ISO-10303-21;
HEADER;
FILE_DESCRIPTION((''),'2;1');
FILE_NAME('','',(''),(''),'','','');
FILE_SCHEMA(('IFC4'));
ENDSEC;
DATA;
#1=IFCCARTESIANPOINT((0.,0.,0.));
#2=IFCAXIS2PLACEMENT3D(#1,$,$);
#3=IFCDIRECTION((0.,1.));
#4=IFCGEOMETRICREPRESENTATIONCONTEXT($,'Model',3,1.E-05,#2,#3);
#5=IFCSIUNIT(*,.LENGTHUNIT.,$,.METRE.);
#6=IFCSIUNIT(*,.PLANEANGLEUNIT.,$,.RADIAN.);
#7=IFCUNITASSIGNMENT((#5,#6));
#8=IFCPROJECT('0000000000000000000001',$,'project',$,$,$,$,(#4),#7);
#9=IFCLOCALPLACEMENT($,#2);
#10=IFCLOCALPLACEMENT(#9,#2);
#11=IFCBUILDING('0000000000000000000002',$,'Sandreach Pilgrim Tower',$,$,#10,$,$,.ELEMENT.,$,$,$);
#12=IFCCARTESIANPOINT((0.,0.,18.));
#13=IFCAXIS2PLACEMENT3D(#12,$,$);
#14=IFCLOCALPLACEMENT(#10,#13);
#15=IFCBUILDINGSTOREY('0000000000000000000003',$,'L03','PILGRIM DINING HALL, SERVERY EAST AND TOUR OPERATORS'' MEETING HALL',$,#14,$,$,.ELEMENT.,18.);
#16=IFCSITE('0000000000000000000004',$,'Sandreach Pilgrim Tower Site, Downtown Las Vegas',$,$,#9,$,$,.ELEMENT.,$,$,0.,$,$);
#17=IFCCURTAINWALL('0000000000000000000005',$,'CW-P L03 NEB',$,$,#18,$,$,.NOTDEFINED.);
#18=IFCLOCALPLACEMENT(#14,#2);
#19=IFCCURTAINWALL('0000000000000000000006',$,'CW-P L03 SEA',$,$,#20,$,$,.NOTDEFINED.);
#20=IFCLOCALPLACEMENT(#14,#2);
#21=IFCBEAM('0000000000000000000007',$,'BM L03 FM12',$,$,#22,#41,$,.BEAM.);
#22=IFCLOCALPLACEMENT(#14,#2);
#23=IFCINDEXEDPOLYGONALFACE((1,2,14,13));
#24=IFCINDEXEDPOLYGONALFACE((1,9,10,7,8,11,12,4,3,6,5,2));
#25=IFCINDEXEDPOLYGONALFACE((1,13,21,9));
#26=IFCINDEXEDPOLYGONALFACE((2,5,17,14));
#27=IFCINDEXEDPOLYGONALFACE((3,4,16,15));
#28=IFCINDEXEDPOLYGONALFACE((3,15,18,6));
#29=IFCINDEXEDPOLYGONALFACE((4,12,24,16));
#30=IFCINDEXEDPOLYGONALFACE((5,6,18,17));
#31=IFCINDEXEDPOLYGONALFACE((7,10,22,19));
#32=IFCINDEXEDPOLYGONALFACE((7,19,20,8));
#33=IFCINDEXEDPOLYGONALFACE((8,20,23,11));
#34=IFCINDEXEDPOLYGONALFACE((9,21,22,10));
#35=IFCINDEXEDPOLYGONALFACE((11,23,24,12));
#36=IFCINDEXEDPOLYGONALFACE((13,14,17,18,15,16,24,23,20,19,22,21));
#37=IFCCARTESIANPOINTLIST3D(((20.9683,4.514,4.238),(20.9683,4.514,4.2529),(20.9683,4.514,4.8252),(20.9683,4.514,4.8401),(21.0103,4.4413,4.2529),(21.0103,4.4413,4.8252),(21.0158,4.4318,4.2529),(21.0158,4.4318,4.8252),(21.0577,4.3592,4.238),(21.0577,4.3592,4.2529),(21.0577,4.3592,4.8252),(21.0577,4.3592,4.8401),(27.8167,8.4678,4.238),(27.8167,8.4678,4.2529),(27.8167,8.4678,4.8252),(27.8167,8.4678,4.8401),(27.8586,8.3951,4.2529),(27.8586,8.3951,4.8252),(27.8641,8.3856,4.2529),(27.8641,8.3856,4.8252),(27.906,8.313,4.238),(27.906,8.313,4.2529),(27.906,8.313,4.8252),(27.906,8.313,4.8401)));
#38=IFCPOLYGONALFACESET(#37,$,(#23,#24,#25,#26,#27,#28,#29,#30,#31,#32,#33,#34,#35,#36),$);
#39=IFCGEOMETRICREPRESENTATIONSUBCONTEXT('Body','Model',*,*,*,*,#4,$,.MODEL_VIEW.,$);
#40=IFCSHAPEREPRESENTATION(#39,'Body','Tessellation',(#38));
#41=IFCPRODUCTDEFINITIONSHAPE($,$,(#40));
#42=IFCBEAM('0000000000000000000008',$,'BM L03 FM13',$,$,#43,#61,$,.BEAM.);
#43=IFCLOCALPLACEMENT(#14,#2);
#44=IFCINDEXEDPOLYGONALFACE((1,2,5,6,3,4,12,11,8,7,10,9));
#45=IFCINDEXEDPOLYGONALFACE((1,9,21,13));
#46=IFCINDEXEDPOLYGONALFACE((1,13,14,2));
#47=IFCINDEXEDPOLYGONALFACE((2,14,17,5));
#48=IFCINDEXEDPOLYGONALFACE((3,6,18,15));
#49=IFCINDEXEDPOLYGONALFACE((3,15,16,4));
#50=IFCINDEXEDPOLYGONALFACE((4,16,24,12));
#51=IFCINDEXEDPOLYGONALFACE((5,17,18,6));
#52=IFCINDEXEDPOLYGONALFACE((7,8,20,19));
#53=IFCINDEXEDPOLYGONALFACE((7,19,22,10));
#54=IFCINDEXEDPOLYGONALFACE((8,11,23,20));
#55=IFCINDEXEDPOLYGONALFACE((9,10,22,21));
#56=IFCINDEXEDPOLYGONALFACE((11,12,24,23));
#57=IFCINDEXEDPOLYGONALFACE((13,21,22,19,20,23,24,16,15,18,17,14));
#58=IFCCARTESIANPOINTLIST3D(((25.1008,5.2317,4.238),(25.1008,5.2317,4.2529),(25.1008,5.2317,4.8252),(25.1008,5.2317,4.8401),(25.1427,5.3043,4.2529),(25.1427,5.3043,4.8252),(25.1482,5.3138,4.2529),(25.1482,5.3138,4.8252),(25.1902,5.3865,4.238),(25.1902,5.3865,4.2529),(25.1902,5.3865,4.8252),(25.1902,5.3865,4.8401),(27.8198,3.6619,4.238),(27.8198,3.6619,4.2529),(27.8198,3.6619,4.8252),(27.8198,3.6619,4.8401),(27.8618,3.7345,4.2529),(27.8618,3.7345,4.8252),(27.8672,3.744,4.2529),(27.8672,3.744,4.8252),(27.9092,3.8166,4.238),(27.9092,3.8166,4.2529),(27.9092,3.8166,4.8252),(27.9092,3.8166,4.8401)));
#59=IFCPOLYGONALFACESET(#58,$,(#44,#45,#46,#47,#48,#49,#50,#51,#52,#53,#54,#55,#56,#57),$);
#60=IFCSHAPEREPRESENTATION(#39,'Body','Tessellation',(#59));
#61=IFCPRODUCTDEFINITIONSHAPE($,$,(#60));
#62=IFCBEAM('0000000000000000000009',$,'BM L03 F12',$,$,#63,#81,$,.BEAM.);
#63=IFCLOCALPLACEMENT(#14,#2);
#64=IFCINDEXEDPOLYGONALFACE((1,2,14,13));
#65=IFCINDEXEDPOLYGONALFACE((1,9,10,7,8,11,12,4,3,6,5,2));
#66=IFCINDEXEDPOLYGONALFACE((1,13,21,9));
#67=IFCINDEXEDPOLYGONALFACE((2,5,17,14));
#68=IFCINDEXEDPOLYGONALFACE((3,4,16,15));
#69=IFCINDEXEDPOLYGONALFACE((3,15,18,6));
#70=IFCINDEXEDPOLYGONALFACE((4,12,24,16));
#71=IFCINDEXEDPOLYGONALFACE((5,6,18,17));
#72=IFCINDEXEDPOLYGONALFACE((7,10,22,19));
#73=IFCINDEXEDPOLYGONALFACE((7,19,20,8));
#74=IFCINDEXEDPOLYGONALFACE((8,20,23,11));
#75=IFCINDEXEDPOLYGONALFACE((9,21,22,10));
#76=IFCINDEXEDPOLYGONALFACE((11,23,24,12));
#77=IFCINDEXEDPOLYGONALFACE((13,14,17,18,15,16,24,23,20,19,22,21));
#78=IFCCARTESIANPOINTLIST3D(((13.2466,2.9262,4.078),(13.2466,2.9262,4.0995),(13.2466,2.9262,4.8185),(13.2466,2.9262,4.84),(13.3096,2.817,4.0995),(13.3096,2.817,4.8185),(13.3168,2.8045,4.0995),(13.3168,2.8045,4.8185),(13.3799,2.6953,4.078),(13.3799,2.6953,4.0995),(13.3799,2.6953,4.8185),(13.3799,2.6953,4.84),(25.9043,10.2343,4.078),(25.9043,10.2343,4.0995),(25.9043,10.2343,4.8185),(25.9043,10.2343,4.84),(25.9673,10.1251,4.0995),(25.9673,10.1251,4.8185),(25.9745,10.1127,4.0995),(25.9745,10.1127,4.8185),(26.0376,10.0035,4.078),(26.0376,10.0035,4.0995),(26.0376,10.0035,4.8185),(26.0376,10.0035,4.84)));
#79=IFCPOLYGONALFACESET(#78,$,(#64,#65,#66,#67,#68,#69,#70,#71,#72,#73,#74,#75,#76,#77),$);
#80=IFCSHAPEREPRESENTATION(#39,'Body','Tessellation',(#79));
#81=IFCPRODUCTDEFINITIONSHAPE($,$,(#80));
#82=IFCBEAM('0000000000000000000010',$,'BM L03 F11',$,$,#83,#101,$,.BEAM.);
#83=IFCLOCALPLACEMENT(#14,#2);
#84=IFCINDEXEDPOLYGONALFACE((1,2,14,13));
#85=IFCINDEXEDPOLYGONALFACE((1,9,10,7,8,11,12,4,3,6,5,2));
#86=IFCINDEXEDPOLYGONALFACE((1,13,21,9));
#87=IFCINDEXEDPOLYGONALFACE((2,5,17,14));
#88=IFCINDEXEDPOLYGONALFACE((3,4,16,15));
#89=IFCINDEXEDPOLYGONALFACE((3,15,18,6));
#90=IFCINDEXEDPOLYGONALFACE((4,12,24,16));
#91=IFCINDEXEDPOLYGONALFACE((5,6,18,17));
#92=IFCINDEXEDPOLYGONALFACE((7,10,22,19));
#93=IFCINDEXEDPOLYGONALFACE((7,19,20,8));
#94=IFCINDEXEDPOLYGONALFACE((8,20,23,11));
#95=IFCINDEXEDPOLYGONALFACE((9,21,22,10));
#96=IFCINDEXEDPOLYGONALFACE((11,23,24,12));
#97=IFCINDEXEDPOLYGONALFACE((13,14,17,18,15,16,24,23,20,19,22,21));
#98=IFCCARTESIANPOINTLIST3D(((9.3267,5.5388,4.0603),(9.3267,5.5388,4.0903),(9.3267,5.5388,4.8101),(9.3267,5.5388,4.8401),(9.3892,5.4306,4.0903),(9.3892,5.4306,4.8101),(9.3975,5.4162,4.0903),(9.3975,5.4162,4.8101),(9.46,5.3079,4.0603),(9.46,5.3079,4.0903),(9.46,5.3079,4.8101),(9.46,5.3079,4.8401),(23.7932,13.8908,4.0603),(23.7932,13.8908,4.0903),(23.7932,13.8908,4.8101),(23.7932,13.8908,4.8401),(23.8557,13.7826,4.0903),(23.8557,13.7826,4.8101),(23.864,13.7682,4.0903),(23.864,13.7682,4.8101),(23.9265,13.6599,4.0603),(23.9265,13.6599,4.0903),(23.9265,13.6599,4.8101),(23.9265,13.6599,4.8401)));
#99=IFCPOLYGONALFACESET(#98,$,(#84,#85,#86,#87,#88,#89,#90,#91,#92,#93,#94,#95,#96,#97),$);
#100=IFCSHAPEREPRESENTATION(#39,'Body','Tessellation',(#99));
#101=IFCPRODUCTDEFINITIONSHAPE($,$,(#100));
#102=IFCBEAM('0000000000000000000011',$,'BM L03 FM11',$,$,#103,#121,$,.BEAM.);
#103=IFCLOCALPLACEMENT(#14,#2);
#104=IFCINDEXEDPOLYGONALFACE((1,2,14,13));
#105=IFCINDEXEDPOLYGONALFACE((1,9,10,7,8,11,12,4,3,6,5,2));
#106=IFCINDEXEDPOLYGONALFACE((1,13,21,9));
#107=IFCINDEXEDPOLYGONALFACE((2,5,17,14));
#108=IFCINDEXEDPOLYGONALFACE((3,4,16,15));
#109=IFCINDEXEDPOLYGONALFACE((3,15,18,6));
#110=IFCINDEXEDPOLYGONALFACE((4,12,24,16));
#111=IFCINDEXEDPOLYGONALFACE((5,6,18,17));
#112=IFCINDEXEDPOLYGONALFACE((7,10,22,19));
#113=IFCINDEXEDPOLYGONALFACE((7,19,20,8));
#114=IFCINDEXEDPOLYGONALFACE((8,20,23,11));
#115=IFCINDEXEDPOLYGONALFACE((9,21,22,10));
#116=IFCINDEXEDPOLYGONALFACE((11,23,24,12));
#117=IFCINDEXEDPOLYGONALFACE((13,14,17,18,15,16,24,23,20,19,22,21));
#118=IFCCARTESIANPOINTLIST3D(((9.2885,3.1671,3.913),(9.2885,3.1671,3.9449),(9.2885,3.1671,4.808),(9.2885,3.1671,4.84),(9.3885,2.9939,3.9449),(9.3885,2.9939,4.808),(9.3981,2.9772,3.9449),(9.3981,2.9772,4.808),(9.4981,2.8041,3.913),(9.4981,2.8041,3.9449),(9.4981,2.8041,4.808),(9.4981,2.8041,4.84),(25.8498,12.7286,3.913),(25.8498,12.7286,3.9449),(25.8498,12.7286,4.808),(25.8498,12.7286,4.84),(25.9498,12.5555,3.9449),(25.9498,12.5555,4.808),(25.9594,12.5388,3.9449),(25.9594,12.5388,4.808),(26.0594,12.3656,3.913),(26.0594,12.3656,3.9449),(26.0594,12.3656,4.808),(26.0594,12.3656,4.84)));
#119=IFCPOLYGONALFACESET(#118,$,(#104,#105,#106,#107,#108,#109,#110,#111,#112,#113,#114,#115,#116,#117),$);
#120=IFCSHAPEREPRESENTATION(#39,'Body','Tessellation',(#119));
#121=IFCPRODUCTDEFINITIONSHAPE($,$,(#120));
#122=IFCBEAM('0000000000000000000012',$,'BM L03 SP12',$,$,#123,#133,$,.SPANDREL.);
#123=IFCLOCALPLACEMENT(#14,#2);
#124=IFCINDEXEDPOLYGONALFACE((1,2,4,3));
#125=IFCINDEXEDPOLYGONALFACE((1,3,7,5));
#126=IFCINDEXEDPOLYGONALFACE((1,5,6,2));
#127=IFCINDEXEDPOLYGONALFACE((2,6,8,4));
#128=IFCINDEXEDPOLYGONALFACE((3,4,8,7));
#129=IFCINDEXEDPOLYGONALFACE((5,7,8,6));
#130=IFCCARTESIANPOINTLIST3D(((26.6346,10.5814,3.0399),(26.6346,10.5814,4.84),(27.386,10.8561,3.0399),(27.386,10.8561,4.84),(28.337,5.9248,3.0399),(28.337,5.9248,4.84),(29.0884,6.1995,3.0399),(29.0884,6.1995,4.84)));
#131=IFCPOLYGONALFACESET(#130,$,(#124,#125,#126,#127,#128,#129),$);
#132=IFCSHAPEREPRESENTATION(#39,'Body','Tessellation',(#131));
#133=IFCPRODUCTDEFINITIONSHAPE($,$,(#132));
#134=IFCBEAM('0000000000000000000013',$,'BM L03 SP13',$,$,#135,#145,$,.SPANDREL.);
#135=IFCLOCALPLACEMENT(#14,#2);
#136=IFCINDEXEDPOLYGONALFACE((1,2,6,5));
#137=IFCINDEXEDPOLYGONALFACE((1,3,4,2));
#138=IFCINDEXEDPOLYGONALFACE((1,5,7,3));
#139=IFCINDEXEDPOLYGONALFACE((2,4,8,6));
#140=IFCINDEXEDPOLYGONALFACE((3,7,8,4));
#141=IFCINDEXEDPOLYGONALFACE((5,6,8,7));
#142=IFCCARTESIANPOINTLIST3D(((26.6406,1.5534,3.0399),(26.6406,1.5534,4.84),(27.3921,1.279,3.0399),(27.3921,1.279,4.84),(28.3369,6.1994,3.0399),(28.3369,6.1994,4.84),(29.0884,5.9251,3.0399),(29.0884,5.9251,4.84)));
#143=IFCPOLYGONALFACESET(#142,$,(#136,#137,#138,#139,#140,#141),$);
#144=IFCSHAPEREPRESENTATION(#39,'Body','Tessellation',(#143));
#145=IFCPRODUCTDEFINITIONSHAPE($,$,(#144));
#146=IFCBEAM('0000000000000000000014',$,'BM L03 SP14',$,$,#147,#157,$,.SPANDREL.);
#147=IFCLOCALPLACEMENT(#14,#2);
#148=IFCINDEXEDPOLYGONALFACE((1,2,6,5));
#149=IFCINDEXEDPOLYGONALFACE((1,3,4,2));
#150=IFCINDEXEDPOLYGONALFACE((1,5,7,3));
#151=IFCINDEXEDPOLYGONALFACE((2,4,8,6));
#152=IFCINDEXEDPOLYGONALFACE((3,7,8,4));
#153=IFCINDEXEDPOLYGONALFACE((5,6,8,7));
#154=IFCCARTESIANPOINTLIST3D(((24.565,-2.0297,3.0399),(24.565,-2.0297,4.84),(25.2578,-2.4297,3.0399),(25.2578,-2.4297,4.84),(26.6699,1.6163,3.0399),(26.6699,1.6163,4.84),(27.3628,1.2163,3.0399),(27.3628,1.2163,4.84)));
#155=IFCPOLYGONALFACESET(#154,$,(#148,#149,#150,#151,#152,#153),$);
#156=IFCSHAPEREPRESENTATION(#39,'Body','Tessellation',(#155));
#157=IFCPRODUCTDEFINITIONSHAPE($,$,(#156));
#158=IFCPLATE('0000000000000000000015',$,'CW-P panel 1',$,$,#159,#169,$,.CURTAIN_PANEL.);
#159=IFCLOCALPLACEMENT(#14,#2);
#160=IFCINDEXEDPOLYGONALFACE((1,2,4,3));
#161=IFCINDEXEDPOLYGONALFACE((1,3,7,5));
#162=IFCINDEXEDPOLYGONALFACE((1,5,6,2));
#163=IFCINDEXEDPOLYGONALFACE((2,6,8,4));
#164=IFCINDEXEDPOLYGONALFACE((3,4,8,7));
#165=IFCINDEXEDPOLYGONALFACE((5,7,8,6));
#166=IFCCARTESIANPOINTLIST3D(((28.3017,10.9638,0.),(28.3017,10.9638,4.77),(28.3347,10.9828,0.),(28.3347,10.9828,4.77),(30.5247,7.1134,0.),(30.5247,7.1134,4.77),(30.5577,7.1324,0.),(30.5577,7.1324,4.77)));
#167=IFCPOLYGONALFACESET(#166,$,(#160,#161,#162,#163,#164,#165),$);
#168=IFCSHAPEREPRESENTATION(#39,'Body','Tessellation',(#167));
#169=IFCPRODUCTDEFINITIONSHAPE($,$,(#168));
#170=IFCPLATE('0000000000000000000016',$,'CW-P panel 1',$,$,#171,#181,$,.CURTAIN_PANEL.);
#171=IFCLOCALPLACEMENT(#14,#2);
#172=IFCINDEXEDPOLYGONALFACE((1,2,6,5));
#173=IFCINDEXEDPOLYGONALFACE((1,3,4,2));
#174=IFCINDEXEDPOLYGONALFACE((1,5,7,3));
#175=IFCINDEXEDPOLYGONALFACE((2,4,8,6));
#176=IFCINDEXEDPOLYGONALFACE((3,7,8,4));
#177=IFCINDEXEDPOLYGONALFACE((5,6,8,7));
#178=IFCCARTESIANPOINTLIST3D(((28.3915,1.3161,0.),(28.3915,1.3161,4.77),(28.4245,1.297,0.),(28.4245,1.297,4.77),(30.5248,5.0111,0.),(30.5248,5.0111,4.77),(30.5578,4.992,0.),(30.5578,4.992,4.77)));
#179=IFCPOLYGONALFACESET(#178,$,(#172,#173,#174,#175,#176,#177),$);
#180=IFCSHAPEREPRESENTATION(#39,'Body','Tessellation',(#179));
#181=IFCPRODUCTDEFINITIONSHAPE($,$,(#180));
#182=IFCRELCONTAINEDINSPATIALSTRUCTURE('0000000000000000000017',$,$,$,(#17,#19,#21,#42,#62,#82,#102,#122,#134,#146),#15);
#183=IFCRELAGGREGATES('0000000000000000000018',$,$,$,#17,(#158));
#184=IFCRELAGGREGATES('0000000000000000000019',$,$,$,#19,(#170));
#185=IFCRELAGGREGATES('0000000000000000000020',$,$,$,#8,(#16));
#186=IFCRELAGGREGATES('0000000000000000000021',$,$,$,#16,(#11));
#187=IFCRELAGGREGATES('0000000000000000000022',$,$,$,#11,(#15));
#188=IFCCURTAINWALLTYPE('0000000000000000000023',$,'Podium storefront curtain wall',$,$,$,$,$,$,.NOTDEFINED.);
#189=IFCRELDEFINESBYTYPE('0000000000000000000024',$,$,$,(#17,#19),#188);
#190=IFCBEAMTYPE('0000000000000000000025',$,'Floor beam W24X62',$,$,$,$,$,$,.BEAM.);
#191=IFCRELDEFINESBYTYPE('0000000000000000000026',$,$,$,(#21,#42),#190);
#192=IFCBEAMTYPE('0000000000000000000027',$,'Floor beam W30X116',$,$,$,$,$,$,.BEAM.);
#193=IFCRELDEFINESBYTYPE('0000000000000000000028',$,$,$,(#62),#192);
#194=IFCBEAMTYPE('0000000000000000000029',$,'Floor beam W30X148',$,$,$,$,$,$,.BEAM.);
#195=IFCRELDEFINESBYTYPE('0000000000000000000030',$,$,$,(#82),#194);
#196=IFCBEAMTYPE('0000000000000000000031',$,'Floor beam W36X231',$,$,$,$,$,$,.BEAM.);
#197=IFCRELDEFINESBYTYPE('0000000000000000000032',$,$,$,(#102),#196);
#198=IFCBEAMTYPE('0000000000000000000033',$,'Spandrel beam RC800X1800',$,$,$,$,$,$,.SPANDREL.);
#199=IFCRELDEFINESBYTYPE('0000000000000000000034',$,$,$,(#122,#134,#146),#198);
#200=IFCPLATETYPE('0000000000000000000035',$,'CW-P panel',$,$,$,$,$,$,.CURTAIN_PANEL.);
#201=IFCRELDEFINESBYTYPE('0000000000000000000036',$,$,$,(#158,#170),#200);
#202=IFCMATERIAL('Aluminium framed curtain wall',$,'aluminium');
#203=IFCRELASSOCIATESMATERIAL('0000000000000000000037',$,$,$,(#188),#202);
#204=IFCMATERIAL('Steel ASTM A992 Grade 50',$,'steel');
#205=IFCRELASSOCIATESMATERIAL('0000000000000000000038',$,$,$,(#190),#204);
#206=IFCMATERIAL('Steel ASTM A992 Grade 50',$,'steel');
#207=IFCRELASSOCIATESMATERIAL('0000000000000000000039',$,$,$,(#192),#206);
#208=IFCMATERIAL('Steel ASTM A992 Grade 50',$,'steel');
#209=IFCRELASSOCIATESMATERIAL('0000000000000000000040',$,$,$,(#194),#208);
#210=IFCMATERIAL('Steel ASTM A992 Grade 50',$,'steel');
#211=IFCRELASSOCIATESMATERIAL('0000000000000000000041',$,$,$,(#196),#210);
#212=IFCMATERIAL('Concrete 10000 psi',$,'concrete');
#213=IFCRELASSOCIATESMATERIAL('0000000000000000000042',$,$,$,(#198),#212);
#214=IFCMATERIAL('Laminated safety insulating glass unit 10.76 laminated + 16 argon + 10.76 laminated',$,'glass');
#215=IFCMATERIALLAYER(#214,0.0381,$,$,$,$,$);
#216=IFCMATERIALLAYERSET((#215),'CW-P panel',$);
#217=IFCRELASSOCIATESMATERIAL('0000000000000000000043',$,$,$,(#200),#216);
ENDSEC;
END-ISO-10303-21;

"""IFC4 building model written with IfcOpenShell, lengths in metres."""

from ifc_helpers import new_model, si_unit, direction, frame, origin, origin_2d, place, context, subcontext, project, spatial, rectangle, i_section, extrude, material, layer, layer_set, material_profile, profile_set, type_object, element, aggregate, save


model = new_model("IFC4")

# Units and contexts
model_context = context("Model", 3, precision=1e-05, world=origin(), true_north=direction((0.0, 1.0)))
body_context = subcontext(model_context, "Body", "Model", "MODEL_VIEW")
ifc_project = project(units=[si_unit("LENGTHUNIT", "METRE"), si_unit("PLANEANGLEUNIT", "RADIAN")], contexts=[model_context])

# Site, building, storey
site_placement = place(None, origin())
site = spatial("IfcSite", under=ifc_project, at=site_placement, Name="Sandreach Pilgrim Tower Site, Downtown Las Vegas", CompositionType="ELEMENT", RefElevation=0.0)
building_placement = place(site_placement, origin())
building = spatial("IfcBuilding", under=site, at=building_placement, Name="Sandreach Pilgrim Tower", CompositionType="ELEMENT")
storey_placement = place(building_placement, frame((0.0, 0.0, 18.0)))
storey = spatial("IfcBuildingStorey", under=building, at=storey_placement, Name="L03", Description="PILGRIM DINING HALL, SERVERY EAST AND TOUR OPERATORS' MEETING HALL", CompositionType="ELEMENT", Elevation=18.0)

# Curtain walls
ifc_material_1 = material(Name="Aluminium framed curtain wall", Category="aluminium")
curtain_wall_type = type_object("IfcCurtainWallType", Name="Podium storefront curtain wall", PredefinedType="NOTDEFINED", material=ifc_material_1)
curtain_wall_1_placement = place(storey_placement, origin())
curtain_wall_1 = element("IfcCurtainWall", 1, at=curtain_wall_1_placement, inside=storey, type_object=curtain_wall_type, Name="CW-P L03 NEB", PredefinedType="NOTDEFINED")
curtain_wall_2_placement = place(storey_placement, origin())
curtain_wall_2 = element("IfcCurtainWall", 2, at=curtain_wall_2_placement, inside=storey, type_object=curtain_wall_type, Name="CW-P L03 SEA", PredefinedType="NOTDEFINED")

# Beams
ifc_material_2 = material(Name="Steel ASTM A992 Grade 50", Category="steel")
ifc_material_profile_1 = material_profile(ifc_material_2, i_section(OverallWidth=0.1787, OverallDepth=0.6021, WebThickness=0.011, FlangeThickness=0.0149, at=origin_2d()), Name="W24X62")
ifc_profile_set_1 = profile_set([ifc_material_profile_1], Name="Steel ASTM A992 Grade 50")
beam_type_1 = type_object("IfcBeamType", Name="Floor beam W24X62", PredefinedType="BEAM", material=ifc_profile_set_1)
beam_1_placement = place(storey_placement, frame((27.8613, 8.3904, 4.5391), z_axis=(-0.866029, -0.499994, 0.0), x_axis=(0.499994, -0.866029, 0.0)))
element("IfcBeam", 3, at=beam_1_placement, inside=storey, type_object=beam_type_1, Name="BM L03 FM12", PredefinedType="BEAM", context=body_context, shape_type="SweptSolid", body=[
    extrude(i_section(OverallWidth=0.1787, OverallDepth=0.6021, WebThickness=0.011, FlangeThickness=0.0149, at=origin_2d()), origin(), (0.0, 0.0, 1.0), 7.9077),
])
beam_2_placement = place(storey_placement, frame((27.8645, 3.7393, 4.5391), z_axis=(-0.866024, 0.500003, 0.0), x_axis=(-0.500003, -0.866024, 0.0)))
element("IfcBeam", 4, at=beam_2_placement, inside=storey, type_object=beam_type_1, Name="BM L03 FM13", PredefinedType="BEAM", context=body_context, shape_type="SweptSolid", body=[
    extrude(i_section(OverallWidth=0.1787, OverallDepth=0.6021, WebThickness=0.011, FlangeThickness=0.0149, at=origin_2d()), origin(), (0.0, 0.0, 1.0), 3.1396),
])
ifc_material_3 = material(Name="Steel ASTM A992 Grade 50", Category="steel")
ifc_material_profile_2 = material_profile(ifc_material_3, i_section(OverallWidth=0.2666, OverallDepth=0.762, WebThickness=0.0144, FlangeThickness=0.0215, at=origin_2d()), Name="W30X116")
ifc_profile_set_2 = profile_set([ifc_material_profile_2], Name="Steel ASTM A992 Grade 50")
beam_type_2 = type_object("IfcBeamType", Name="Floor beam W30X116", PredefinedType="BEAM", material=ifc_profile_set_2)
beam_3_placement = place(storey_placement, frame((25.9709, 10.1189, 4.459), z_axis=(-0.86602, -0.500009, 0.0), x_axis=(0.500009, -0.86602, 0.0)))
element("IfcBeam", 5, at=beam_3_placement, inside=storey, type_object=beam_type_2, Name="BM L03 F12", PredefinedType="BEAM", context=body_context, shape_type="SweptSolid", body=[
    extrude(i_section(OverallWidth=0.2666, OverallDepth=0.762, WebThickness=0.0144, FlangeThickness=0.0215, at=origin_2d()), origin(), (0.0, 0.0, 1.0), 14.616),
])
ifc_material_4 = material(Name="Steel ASTM A992 Grade 50", Category="steel")
ifc_material_profile_3 = material_profile(ifc_material_4, i_section(OverallWidth=0.2666, OverallDepth=0.7798, WebThickness=0.0166, FlangeThickness=0.03, at=origin_2d()), Name="W30X148")
ifc_profile_set_3 = profile_set([ifc_material_profile_3], Name="Steel ASTM A992 Grade 50")
beam_type_3 = type_object("IfcBeamType", Name="Floor beam W30X148", PredefinedType="BEAM", material=ifc_profile_set_3)
beam_4_placement = place(storey_placement, frame((23.8599, 13.7754, 4.4502), z_axis=(-0.866031, -0.49999, 0.0), x_axis=(0.49999, -0.866031, 0.0)))
element("IfcBeam", 6, at=beam_4_placement, inside=storey, type_object=beam_type_3, Name="BM L03 F11", PredefinedType="BEAM", context=body_context, shape_type="SweptSolid", body=[
    extrude(i_section(OverallWidth=0.2666, OverallDepth=0.7798, WebThickness=0.0166, FlangeThickness=0.03, at=origin_2d()), origin(), (0.0, 0.0, 1.0), 16.7043),
])
ifc_material_5 = material(Name="Steel ASTM A992 Grade 50", Category="steel")
ifc_material_profile_4 = material_profile(ifc_material_5, i_section(OverallWidth=0.4192, OverallDepth=0.927, WebThickness=0.0193, FlangeThickness=0.032, at=origin_2d()), Name="W36X231")
ifc_profile_set_4 = profile_set([ifc_material_profile_4], Name="Steel ASTM A992 Grade 50")
beam_type_4 = type_object("IfcBeamType", Name="Floor beam W36X231", PredefinedType="BEAM", material=ifc_profile_set_4)
beam_5_placement = place(storey_placement, frame((25.9546, 12.5471, 4.3765), z_axis=(-0.866028, -0.499995, 0.0), x_axis=(0.499995, -0.866028, 0.0)))
element("IfcBeam", 7, at=beam_5_placement, inside=storey, type_object=beam_type_4, Name="BM L03 FM11", PredefinedType="BEAM", context=body_context, shape_type="SweptSolid", body=[
    extrude(i_section(OverallWidth=0.4192, OverallDepth=0.927, WebThickness=0.0193, FlangeThickness=0.032, at=origin_2d()), origin(), (0.0, 0.0, 1.0), 19.1233),
])
ifc_material_6 = material(Name="Concrete 10000 psi", Category="concrete")
ifc_material_profile_5 = material_profile(ifc_material_6, rectangle(XDim=0.8, YDim=1.8, at=origin_2d()), Name="RC800X1800")
ifc_profile_set_5 = profile_set([ifc_material_profile_5], Name="Concrete 10000 psi")
beam_type_5 = type_object("IfcBeamType", Name="Spandrel beam RC800X1800", PredefinedType="SPANDREL", material=ifc_profile_set_5)
beam_6_placement = place(storey_placement, frame((27.0103, 10.7188, 3.9399), z_axis=(0.343368, -0.939201, 0.0), x_axis=(0.939201, 0.343368, 0.0)))
element("IfcBeam", 8, at=beam_6_placement, inside=storey, type_object=beam_type_5, Name="BM L03 SP12", PredefinedType="SPANDREL", context=body_context, shape_type="SweptSolid", body=[
    extrude(rectangle(XDim=0.8, YDim=1.8, at=origin_2d()), origin(), (0.0, 0.0, 1.0), 4.958),
])
beam_7_placement = place(storey_placement, frame((28.7126, 6.0623, 3.9399), z_axis=(-0.342963, -0.939349, 0.0), x_axis=(0.939349, -0.342963, 0.0)))
element("IfcBeam", 9, at=beam_7_placement, inside=storey, type_object=beam_type_5, Name="BM L03 SP13", PredefinedType="SPANDREL", context=body_context, shape_type="SweptSolid", body=[
    extrude(rectangle(XDim=0.8, YDim=1.8, at=origin_2d()), origin(), (0.0, 0.0, 1.0), 4.946),
])
beam_8_placement = place(storey_placement, frame((27.0164, 1.4163, 3.9399), z_axis=(-0.499994, -0.866029, 0.0), x_axis=(0.866029, -0.499994, 0.0)))
element("IfcBeam", 10, at=beam_8_placement, inside=storey, type_object=beam_type_5, Name="BM L03 SP14", PredefinedType="SPANDREL", context=body_context, shape_type="SweptSolid", body=[
    extrude(rectangle(XDim=0.8, YDim=1.8, at=origin_2d()), origin(), (0.0, 0.0, 1.0), 4.21),
])

# Plates
ifc_material_7 = material(Name="Laminated safety insulating glass unit 10.76 laminated + 16 argon + 10.76 laminated", Category="glass")
ifc_layer_1 = layer(ifc_material_7, 0.0381)
ifc_layer_set_1 = layer_set([ifc_layer_1], Name="CW-P panel")
plate_type = type_object("IfcPlateType", Name="CW-P panel", PredefinedType="CURTAIN_PANEL", material=ifc_layer_set_1)
plate_1_placement = place(storey_placement, frame((29.4297, 9.0481, 0.0), z_axis=(0.0, 0.0, 1.0), x_axis=(0.5, -0.866025, 0.0)))
plate_1 = element("IfcPlate", 11, at=plate_1_placement, type_object=plate_type, Name="CW-P panel 1", PredefinedType="CURTAIN_PANEL", context=body_context, shape_type="SweptSolid", body=[
    extrude(rectangle(XDim=4.446, YDim=0.0381, at=origin_2d()), origin(), (0.0, 0.0, 1.0), 4.77),
])
aggregate(curtain_wall_1, [plate_1])
plate_2_placement = place(storey_placement, frame((29.4746, 3.1541, 0.0), z_axis=(0.0, 0.0, 1.0), x_axis=(-0.5, -0.866025, 0.0)))
plate_2 = element("IfcPlate", 12, at=plate_2_placement, type_object=plate_type, Name="CW-P panel 1", PredefinedType="CURTAIN_PANEL", context=body_context, shape_type="SweptSolid", body=[
    extrude(rectangle(XDim=4.2666, YDim=0.0381, at=origin_2d()), origin(), (0.0, 0.0, 1.0), 4.77),
])
aggregate(curtain_wall_2, [plate_2])

save(model, "model.ifc")
